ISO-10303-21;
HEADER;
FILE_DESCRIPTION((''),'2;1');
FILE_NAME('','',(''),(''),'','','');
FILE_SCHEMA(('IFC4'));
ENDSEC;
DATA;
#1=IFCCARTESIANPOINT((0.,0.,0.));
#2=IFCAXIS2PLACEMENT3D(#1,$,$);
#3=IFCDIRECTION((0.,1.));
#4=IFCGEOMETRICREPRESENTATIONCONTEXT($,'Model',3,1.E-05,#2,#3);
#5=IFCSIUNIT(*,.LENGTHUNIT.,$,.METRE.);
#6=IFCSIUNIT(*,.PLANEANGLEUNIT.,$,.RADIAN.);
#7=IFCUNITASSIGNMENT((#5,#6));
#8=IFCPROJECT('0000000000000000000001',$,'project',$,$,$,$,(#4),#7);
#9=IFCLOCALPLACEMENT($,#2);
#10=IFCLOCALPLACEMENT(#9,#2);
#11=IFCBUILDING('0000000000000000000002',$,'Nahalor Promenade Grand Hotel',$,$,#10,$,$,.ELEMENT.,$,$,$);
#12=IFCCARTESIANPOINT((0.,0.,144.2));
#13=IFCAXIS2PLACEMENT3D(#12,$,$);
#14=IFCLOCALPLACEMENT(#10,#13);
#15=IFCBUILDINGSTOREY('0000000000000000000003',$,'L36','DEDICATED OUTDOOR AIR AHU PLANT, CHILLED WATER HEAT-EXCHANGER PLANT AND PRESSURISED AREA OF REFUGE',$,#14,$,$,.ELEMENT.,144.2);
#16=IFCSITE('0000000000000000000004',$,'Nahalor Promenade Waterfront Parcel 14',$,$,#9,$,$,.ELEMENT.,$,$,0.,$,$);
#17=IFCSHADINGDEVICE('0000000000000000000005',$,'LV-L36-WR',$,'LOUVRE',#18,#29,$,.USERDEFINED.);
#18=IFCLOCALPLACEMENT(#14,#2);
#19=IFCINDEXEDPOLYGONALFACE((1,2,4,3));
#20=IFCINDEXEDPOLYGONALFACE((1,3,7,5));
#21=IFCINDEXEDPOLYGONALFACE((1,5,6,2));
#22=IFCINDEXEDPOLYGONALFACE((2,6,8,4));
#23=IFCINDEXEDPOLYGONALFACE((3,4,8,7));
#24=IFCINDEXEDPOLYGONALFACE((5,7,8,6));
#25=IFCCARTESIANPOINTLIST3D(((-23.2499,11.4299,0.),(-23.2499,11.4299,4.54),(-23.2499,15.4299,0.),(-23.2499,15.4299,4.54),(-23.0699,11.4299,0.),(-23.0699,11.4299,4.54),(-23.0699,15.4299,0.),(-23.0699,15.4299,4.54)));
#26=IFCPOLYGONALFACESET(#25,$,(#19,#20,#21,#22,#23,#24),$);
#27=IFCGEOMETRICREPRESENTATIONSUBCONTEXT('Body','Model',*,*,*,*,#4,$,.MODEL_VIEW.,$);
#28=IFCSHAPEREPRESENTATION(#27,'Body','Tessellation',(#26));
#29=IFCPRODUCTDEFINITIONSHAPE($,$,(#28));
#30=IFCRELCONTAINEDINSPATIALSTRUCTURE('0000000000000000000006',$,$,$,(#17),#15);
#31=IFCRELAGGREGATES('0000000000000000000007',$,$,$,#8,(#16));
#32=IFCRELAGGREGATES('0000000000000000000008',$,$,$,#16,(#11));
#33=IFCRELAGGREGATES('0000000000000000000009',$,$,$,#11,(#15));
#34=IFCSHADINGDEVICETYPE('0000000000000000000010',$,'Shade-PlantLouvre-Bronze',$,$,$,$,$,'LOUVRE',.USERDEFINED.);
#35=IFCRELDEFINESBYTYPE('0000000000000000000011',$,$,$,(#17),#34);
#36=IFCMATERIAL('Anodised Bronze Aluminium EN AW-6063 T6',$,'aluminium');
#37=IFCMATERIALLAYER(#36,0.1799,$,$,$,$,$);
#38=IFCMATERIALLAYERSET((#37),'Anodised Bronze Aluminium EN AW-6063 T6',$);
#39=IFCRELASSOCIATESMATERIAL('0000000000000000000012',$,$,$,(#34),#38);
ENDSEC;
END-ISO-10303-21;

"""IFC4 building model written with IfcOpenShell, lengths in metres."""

from ifc_helpers import new_model, si_unit, direction, frame, origin, origin_2d, place, context, subcontext, project, spatial, rectangle, extrude, source, transform, mapped, material, layer, layer_set, type_object, element, save


model = new_model("IFC4")

# Units and contexts
model_context = context("Model", 3, precision=1e-05, world=origin(), true_north=direction((0.0, 1.0)))
body_context = subcontext(model_context, "Body", "Model", "MODEL_VIEW")
ifc_project = project(units=[si_unit("LENGTHUNIT", "METRE"), si_unit("PLANEANGLEUNIT", "RADIAN")], contexts=[model_context])

# Site, building, storey
site_placement = place(None, origin())
site = spatial("IfcSite", under=ifc_project, at=site_placement, Name="Nahalor Promenade Waterfront Parcel 14", CompositionType="ELEMENT", RefElevation=0.0)
building_placement = place(site_placement, origin())
building = spatial("IfcBuilding", under=site, at=building_placement, Name="Nahalor Promenade Grand Hotel", CompositionType="ELEMENT")
storey_placement = place(building_placement, frame((0.0, 0.0, 144.2)))
storey = spatial("IfcBuildingStorey", under=building, at=storey_placement, Name="L36", Description="DEDICATED OUTDOOR AIR AHU PLANT, CHILLED WATER HEAT-EXCHANGER PLANT AND PRESSURISED AREA OF REFUGE", CompositionType="ELEMENT", Elevation=144.2)

# Shading device
ifc_material_1 = material(Name="Anodised Bronze Aluminium EN AW-6063 T6", Category="aluminium")
ifc_layer_1 = layer(ifc_material_1, 0.1799)
ifc_layer_set_1 = layer_set([ifc_layer_1], Name="Anodised Bronze Aluminium EN AW-6063 T6")
shading_device_type = type_object("IfcShadingDeviceType", Name="Shade-PlantLouvre-Bronze", ElementType="LOUVRE", PredefinedType="USERDEFINED", material=ifc_layer_set_1)
shared_shape_1 = source(origin(), body_context, "Body", "SweptSolid", [
    extrude(rectangle(XDim=4.0, YDim=0.1799, at=origin_2d()), origin(), (0.0, 0.0, 1.0), 4.54),
])
for number, where, z_axis, x_axis, name in (
    (1, (-23.1599, 13.4299, 0.0), (0.0, 0.0, 1.0), (0.0, 1.0, 0.0), "LV-L36-WR"),
):
    element("IfcShadingDevice", number, at=place(storey_placement, frame(where, z_axis=z_axis, x_axis=x_axis)), inside=storey, type_object=shading_device_type, Name=name, ObjectType="LOUVRE", PredefinedType="USERDEFINED", context=body_context, shape_type="MappedRepresentation", body=[
        mapped(shared_shape_1, transform((0.0, 0.0, 0.0), scale=1.0)),
    ])

save(model, "model.ifc")
